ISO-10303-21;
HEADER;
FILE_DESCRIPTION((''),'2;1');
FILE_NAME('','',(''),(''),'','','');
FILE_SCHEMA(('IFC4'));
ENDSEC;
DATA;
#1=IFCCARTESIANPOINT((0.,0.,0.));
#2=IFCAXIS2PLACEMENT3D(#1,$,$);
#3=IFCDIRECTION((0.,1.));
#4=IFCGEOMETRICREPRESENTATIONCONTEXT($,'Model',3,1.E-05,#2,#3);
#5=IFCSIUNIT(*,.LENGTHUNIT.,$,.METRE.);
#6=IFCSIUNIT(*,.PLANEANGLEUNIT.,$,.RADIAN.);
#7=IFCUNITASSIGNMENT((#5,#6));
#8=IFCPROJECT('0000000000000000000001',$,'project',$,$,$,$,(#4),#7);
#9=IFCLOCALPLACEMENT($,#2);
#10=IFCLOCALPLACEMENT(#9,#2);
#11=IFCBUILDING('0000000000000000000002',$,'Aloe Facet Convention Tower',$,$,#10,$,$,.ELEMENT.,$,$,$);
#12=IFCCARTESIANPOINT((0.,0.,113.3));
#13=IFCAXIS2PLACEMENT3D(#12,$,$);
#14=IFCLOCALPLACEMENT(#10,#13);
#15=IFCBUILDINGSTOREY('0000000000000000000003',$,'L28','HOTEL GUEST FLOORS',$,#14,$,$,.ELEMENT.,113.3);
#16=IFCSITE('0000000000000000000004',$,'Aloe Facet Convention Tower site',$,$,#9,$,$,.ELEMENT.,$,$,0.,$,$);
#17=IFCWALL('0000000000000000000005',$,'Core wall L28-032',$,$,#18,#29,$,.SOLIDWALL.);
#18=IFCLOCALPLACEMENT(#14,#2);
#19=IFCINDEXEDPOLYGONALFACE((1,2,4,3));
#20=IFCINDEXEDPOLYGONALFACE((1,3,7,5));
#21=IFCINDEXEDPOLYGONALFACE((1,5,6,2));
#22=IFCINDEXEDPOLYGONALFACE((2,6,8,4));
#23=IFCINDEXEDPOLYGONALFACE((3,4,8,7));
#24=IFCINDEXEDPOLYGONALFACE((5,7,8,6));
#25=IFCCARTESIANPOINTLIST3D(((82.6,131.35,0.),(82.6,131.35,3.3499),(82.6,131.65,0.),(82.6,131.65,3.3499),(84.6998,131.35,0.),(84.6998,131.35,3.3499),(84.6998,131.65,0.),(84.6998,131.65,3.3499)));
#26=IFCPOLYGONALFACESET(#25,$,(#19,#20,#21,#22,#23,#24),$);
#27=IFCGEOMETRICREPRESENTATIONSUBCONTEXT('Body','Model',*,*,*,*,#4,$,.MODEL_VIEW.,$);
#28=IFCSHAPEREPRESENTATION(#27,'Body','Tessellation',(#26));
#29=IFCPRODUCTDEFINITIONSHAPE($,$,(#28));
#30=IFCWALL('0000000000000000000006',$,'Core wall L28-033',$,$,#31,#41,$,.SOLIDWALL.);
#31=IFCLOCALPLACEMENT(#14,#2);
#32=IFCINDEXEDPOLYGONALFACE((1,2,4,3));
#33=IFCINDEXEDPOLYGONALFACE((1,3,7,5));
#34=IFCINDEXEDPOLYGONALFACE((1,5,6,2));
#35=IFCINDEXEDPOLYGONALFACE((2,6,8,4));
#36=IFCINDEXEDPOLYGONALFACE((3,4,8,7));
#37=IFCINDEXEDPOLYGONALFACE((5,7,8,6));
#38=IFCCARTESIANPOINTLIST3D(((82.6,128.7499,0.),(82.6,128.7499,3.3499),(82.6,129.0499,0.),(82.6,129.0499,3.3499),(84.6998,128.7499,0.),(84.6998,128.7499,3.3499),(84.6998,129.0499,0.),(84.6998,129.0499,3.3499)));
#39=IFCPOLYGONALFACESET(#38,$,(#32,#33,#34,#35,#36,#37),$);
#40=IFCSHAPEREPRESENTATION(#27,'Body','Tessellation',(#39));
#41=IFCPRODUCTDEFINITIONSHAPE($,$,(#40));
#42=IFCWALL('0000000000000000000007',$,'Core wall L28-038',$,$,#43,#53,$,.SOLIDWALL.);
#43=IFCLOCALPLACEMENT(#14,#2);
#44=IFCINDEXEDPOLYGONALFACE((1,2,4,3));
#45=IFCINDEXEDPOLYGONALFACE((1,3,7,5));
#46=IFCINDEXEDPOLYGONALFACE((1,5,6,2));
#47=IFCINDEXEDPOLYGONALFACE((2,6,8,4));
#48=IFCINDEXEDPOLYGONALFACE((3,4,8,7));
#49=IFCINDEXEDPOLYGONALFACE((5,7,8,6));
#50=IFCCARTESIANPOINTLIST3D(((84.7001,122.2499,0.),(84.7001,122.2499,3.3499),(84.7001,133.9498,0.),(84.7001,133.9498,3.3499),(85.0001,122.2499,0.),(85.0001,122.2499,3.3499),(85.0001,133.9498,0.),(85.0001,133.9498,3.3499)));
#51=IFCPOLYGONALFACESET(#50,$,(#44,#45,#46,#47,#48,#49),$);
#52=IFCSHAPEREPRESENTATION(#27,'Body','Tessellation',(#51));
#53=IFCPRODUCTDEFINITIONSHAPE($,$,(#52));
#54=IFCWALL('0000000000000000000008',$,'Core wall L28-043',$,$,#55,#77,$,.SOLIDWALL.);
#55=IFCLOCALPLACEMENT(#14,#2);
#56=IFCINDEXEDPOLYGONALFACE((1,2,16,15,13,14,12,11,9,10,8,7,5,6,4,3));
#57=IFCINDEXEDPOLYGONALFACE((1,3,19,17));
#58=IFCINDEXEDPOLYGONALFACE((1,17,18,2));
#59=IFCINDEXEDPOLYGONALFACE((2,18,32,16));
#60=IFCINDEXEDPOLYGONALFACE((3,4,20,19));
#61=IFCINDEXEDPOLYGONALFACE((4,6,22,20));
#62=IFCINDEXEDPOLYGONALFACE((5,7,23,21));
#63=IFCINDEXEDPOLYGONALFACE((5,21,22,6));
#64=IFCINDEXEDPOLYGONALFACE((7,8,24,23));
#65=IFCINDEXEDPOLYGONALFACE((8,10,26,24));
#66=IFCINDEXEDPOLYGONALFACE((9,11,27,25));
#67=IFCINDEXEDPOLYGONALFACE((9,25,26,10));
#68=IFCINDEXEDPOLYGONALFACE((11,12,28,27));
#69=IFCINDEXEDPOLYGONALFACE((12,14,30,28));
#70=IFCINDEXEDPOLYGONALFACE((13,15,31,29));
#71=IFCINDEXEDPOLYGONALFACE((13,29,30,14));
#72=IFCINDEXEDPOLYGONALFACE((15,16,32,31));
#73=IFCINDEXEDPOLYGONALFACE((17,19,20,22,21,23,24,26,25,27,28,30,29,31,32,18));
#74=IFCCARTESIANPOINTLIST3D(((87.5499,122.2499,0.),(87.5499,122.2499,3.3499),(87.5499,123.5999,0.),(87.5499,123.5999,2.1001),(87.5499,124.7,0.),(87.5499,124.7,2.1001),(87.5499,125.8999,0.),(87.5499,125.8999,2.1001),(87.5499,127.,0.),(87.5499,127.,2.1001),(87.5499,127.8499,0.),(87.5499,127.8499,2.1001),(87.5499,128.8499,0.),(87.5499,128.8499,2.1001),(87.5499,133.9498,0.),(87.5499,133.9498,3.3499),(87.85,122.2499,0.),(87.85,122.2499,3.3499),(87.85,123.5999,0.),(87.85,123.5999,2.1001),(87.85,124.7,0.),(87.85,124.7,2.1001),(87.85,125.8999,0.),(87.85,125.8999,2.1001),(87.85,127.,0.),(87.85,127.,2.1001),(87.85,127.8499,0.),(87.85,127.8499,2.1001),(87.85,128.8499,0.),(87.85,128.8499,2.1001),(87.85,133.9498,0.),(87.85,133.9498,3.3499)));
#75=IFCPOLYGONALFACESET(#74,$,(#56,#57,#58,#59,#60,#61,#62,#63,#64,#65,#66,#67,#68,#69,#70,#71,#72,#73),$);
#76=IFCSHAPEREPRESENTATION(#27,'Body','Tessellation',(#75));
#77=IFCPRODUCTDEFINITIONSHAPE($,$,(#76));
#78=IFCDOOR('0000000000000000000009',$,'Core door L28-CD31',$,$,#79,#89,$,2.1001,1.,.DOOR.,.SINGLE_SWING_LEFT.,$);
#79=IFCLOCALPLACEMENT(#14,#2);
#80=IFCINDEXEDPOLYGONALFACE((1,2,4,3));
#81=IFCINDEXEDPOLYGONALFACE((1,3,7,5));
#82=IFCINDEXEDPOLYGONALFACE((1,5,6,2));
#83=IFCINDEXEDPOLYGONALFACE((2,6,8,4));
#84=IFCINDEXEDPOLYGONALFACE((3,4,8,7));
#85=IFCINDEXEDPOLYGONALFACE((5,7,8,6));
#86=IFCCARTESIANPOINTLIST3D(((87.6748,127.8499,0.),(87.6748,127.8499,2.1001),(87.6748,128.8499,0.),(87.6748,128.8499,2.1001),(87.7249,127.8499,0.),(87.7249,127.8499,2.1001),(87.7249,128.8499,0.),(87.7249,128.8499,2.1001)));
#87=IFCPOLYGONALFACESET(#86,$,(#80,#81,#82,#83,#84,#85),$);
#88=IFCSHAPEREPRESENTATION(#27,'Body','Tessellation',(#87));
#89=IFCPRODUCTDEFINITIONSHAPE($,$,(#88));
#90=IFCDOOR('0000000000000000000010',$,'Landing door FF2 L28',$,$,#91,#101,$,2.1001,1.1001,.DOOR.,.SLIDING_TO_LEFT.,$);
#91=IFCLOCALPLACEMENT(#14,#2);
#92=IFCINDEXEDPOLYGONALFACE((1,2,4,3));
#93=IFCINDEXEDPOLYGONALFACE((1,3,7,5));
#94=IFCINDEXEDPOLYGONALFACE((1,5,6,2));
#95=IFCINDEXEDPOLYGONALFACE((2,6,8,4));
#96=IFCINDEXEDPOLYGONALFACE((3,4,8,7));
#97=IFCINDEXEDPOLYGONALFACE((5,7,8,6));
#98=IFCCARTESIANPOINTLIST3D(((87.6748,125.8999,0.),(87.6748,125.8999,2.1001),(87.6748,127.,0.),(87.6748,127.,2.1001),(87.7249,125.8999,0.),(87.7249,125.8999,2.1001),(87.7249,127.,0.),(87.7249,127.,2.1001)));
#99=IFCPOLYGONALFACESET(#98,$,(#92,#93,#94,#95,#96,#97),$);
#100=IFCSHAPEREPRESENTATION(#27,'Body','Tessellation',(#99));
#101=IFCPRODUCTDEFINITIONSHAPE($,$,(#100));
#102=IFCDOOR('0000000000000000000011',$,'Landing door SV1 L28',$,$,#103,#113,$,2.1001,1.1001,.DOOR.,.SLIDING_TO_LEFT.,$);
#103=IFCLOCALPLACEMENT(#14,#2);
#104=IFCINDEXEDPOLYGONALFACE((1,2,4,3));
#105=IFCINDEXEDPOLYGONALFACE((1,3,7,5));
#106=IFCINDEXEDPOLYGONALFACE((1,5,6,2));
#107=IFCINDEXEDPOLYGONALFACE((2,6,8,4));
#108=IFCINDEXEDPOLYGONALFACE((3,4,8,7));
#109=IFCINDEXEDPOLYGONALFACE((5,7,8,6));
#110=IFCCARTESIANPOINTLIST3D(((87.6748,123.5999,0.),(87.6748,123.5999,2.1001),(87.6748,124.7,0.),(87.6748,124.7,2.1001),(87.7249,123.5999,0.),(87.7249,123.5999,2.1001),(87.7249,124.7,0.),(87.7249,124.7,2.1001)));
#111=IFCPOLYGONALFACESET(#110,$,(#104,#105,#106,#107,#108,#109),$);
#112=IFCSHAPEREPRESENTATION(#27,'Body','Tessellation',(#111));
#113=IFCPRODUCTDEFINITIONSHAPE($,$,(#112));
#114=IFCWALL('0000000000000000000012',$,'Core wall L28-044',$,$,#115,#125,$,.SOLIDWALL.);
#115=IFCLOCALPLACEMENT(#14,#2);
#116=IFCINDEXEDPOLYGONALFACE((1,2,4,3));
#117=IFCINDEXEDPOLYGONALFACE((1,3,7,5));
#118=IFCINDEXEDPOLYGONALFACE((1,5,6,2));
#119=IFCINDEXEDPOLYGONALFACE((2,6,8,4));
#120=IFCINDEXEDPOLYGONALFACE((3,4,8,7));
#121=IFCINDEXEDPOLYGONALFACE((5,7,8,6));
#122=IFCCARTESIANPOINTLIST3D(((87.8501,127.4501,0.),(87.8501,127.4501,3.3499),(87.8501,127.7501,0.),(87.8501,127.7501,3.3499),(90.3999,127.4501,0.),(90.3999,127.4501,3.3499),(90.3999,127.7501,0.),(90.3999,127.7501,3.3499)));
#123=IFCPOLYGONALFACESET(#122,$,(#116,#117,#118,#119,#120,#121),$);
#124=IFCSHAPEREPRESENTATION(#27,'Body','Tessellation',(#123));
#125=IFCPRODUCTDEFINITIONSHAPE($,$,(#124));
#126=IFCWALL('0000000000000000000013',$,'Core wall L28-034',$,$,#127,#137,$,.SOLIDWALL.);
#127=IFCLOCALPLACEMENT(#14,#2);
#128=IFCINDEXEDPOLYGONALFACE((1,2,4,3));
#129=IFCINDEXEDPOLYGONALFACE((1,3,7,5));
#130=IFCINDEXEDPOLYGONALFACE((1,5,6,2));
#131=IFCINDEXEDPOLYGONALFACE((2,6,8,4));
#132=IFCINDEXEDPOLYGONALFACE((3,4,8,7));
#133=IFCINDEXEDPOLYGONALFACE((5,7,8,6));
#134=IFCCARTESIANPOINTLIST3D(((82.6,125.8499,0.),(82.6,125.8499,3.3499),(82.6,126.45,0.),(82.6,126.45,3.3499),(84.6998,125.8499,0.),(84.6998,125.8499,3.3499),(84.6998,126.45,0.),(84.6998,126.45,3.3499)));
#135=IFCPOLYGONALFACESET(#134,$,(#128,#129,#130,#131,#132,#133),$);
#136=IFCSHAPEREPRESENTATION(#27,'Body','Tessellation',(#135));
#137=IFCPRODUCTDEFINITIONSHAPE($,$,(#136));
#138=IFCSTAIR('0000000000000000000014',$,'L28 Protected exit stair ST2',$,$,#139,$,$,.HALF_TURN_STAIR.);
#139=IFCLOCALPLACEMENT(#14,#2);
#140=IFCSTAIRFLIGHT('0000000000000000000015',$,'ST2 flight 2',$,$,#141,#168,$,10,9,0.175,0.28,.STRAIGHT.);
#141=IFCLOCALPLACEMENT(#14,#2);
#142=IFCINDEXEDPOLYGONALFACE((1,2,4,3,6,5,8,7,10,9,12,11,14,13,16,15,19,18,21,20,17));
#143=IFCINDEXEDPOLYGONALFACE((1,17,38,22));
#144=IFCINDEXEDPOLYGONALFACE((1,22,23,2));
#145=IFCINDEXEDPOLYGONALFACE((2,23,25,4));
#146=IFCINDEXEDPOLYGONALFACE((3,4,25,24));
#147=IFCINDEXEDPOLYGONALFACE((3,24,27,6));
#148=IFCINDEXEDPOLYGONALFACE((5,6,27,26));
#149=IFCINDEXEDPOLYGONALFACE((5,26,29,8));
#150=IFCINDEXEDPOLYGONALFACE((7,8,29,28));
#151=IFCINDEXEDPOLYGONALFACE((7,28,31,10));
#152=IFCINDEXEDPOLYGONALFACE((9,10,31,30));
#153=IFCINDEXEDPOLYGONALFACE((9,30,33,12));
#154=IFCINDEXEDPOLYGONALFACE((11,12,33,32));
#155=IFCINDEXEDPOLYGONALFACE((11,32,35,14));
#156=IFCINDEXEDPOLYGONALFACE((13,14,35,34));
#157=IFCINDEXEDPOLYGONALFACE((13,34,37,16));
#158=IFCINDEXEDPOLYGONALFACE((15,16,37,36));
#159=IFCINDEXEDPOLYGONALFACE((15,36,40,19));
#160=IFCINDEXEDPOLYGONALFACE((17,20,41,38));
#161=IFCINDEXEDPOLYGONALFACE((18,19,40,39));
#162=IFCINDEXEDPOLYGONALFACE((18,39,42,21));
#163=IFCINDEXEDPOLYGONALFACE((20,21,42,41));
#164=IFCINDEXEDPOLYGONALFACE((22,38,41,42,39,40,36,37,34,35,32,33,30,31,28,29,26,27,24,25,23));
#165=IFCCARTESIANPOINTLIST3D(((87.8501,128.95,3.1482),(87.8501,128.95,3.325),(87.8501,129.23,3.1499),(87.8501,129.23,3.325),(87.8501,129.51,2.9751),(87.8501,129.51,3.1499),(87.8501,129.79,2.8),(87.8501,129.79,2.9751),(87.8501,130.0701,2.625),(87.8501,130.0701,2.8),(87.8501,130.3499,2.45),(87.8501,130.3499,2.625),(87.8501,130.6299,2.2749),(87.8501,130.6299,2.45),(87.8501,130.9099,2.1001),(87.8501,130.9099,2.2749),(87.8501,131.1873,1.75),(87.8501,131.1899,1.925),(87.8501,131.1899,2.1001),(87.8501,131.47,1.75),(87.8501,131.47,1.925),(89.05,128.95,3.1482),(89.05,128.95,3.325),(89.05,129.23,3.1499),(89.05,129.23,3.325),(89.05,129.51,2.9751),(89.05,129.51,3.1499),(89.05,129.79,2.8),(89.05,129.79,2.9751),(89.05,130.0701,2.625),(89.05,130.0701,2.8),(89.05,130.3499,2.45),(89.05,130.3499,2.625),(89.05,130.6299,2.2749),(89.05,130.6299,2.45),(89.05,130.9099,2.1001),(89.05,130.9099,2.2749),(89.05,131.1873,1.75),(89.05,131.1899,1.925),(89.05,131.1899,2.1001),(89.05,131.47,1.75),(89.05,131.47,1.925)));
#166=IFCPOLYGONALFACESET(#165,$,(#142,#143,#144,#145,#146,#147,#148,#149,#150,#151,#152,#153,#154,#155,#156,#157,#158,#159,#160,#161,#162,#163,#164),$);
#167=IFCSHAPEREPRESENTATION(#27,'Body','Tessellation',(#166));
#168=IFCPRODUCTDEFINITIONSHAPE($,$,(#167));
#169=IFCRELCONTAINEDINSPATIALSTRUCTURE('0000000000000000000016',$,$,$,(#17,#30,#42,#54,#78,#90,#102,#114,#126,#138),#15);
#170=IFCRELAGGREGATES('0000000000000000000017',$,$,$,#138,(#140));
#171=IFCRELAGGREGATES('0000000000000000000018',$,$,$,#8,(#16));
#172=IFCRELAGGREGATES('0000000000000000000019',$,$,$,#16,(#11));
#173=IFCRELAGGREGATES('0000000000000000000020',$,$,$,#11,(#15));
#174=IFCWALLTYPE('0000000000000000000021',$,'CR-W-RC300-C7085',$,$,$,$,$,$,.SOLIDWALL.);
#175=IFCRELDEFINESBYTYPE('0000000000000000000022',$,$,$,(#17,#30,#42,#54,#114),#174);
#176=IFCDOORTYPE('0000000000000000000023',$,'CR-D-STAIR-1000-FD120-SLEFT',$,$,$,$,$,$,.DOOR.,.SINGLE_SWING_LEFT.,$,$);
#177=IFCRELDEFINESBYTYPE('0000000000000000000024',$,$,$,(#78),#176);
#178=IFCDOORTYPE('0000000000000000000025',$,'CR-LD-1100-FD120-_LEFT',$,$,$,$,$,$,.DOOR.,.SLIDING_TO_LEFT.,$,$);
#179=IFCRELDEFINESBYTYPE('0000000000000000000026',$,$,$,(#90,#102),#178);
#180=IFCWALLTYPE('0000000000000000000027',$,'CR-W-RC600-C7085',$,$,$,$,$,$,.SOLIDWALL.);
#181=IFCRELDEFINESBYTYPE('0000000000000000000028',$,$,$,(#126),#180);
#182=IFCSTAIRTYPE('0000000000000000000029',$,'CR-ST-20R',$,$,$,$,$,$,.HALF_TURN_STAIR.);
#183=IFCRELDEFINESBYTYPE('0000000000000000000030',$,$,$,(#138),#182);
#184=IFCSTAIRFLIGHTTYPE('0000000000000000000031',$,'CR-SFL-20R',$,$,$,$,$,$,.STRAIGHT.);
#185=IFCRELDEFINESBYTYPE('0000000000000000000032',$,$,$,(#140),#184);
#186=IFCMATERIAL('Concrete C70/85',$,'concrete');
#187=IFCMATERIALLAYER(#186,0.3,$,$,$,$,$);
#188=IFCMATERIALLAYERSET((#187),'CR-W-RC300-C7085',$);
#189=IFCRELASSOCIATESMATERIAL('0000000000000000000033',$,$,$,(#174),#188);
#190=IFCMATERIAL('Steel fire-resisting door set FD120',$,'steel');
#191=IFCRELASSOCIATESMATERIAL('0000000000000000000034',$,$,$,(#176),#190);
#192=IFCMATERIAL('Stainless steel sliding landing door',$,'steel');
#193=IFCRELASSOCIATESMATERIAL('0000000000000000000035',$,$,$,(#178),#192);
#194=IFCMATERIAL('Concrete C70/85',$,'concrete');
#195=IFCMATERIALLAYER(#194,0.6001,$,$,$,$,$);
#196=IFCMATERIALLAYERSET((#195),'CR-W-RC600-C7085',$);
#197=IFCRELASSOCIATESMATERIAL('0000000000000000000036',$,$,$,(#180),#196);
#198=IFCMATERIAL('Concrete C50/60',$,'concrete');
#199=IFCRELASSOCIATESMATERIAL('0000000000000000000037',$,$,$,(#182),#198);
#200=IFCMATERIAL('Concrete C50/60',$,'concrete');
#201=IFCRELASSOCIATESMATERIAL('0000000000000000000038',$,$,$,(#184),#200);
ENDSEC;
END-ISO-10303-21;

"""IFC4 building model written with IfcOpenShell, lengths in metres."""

from ifc_helpers import new_model, si_unit, direction, frame, frame_2d, origin, place, context, subcontext, project, spatial, polyline, rectangle, outline, extrude, material, layer, layer_set, type_object, element, fill, aggregate, save


model = new_model("IFC4")

# Units and contexts
model_context = context("Model", 3, precision=1e-05, world=origin(), true_north=direction((0.0, 1.0)))
body_context = subcontext(model_context, "Body", "Model", "MODEL_VIEW")
ifc_project = project(units=[si_unit("LENGTHUNIT", "METRE"), si_unit("PLANEANGLEUNIT", "RADIAN")], contexts=[model_context])

# Site, building, storey
site_placement = place(None, origin())
site = spatial("IfcSite", under=ifc_project, at=site_placement, Name="Aloe Facet Convention Tower site", CompositionType="ELEMENT", RefElevation=0.0)
building_placement = place(site_placement, origin())
building = spatial("IfcBuilding", under=site, at=building_placement, Name="Aloe Facet Convention Tower", CompositionType="ELEMENT")
storey_placement = place(building_placement, frame((0.0, 0.0, 113.3)))
storey = spatial("IfcBuildingStorey", under=building, at=storey_placement, Name="L28", Description="HOTEL GUEST FLOORS", CompositionType="ELEMENT", Elevation=113.3)

# Shared definitions
ifc_material_1 = material(Name="Concrete C70/85", Category="concrete")
ifc_layer_1 = layer(ifc_material_1, 0.3)
ifc_layer_set_1 = layer_set([ifc_layer_1], Name="CR-W-RC300-C7085")
wall_type_1 = type_object("IfcWallType", Name="CR-W-RC300-C7085", PredefinedType="SOLIDWALL", material=ifc_layer_set_1)
ifc_material_2 = material(Name="Steel fire-resisting door set FD120", Category="steel")
door_type_1 = type_object("IfcDoorType", Name="CR-D-STAIR-1000-FD120-SLEFT", OperationType="SINGLE_SWING_LEFT", PredefinedType="DOOR", material=ifc_material_2)

# Walls
for number, where, z_axis, x_axis, name in (
    (1, (82.6001, 131.5, 0.0), (0.0, 0.0, 1.0), (1.0, 0.0, 0.0), "Core wall L28-032"),
    (2, (82.6001, 128.8999, 0.0), (0.0, 0.0, 1.0), (1.0, 0.0, 0.0), "Core wall L28-033"),
):
    element("IfcWall", number, at=place(storey_placement, frame(where, z_axis=z_axis, x_axis=x_axis)), inside=storey, type_object=wall_type_1, Name=name, PredefinedType="SOLIDWALL", context=body_context, shape_type="SweptSolid", body=[
        extrude(rectangle(XDim=2.0999, YDim=0.3, at=frame_2d((1.0498, 0.0))), origin(), (0.0, 0.0, 1.0), 3.3499),
    ])
wall_1_placement = place(storey_placement, frame((84.8501, 133.95, 0.0), z_axis=(0.0, 0.0, 1.0), x_axis=(0.0, -1.0, 0.0)))
element("IfcWall", 3, at=wall_1_placement, inside=storey, type_object=wall_type_1, Name="Core wall L28-038", PredefinedType="SOLIDWALL", context=body_context, shape_type="SweptSolid", body=[
    extrude(rectangle(XDim=11.7, YDim=0.3, at=frame_2d((5.8501, 0.0))), origin(), (0.0, 0.0, 1.0), 3.3499),
])

# Wall, openings, doors
wall_2_placement = place(storey_placement, frame((87.7, 133.95, 0.0), z_axis=(0.0, 0.0, 1.0), x_axis=(0.0, -1.0, 0.0)))
wall_2 = element("IfcWall", 4, at=wall_2_placement, inside=storey, type_object=wall_type_1, Name="Core wall L28-043", PredefinedType="SOLIDWALL", context=body_context, shape_type="SweptSolid", body=[
    extrude(rectangle(XDim=11.7, YDim=0.3, at=frame_2d((5.8501, 0.0))), origin(), (0.0, 0.0, 1.0), 3.3499),
])
opening_1_placement = place(wall_2_placement, frame((6.95, 0.0, 0.0)))
opening_1 = element("IfcOpeningElement", 5, at=opening_1_placement, cuts=wall_2, PredefinedType="OPENING", context=body_context, shape_type="SweptSolid", body=[
    extrude(rectangle(XDim=1.1001, YDim=2.1001, at=frame_2d((0.55, 1.05))), frame((0.0, 0.1602, 0.0), z_axis=(0.0, -1.0, 0.0), x_axis=(1.0, 0.0, 0.0)), (0.0, 0.0, 1.0), 0.3201),
])
opening_2_placement = place(wall_2_placement, frame((5.1001, 0.0, 0.0)))
opening_2 = element("IfcOpeningElement", 6, at=opening_2_placement, cuts=wall_2, PredefinedType="OPENING", context=body_context, shape_type="SweptSolid", body=[
    extrude(rectangle(XDim=1.0, YDim=2.1001, at=frame_2d((0.5, 1.05))), frame((0.0, 0.1602, 0.0), z_axis=(0.0, -1.0, 0.0), x_axis=(1.0, 0.0, 0.0)), (0.0, 0.0, 1.0), 0.3201),
])
opening_3_placement = place(wall_2_placement, frame((9.25, 0.0, 0.0)))
opening_3 = element("IfcOpeningElement", 7, at=opening_3_placement, cuts=wall_2, PredefinedType="OPENING", context=body_context, shape_type="SweptSolid", body=[
    extrude(rectangle(XDim=1.1001, YDim=2.1001, at=frame_2d((0.55, 1.05))), frame((0.0, 0.1602, 0.0), z_axis=(0.0, -1.0, 0.0), x_axis=(1.0, 0.0, 0.0)), (0.0, 0.0, 1.0), 0.3201),
])
door_1_placement = place(opening_2_placement, origin())
door_1 = element("IfcDoor", 8, at=door_1_placement, inside=storey, type_object=door_type_1, Name="Core door L28-CD31", OperationType="SINGLE_SWING_LEFT", OverallHeight=2.1001, OverallWidth=1.0, PredefinedType="DOOR", context=body_context, shape_type="SweptSolid", body=[
    extrude(rectangle(XDim=1.0, YDim=2.1001, at=frame_2d((0.5, 1.05))), frame((0.0, 0.0249, 0.0), z_axis=(0.0, -1.0, 0.0), x_axis=(1.0, 0.0, 0.0)), (0.0, 0.0, 1.0), 0.05),
])
fill(opening_2, door_1)
ifc_material_3 = material(Name="Stainless steel sliding landing door", Category="steel")
door_type_2 = type_object("IfcDoorType", Name="CR-LD-1100-FD120-_LEFT", OperationType="SLIDING_TO_LEFT", PredefinedType="DOOR", material=ifc_material_3)
door_2_placement = place(opening_1_placement, origin())
door_2 = element("IfcDoor", 9, at=door_2_placement, inside=storey, type_object=door_type_2, Name="Landing door FF2 L28", OperationType="SLIDING_TO_LEFT", OverallHeight=2.1001, OverallWidth=1.1001, PredefinedType="DOOR", context=body_context, shape_type="SweptSolid", body=[
    extrude(rectangle(XDim=1.1001, YDim=2.1001, at=frame_2d((0.55, 1.05))), frame((0.0, 0.0249, 0.0), z_axis=(0.0, -1.0, 0.0), x_axis=(1.0, 0.0, 0.0)), (0.0, 0.0, 1.0), 0.05),
])
fill(opening_1, door_2)
door_3_placement = place(opening_3_placement, origin())
door_3 = element("IfcDoor", 10, at=door_3_placement, inside=storey, type_object=door_type_2, Name="Landing door SV1 L28", OperationType="SLIDING_TO_LEFT", OverallHeight=2.1001, OverallWidth=1.1001, PredefinedType="DOOR", context=body_context, shape_type="SweptSolid", body=[
    extrude(rectangle(XDim=1.1001, YDim=2.1001, at=frame_2d((0.55, 1.05))), frame((0.0, 0.0249, 0.0), z_axis=(0.0, -1.0, 0.0), x_axis=(1.0, 0.0, 0.0)), (0.0, 0.0, 1.0), 0.05),
])
fill(opening_3, door_3)

# Walls
wall_3_placement = place(storey_placement, frame((87.8501, 127.6001, 0.0), z_axis=(0.0, 0.0, 1.0), x_axis=(1.0, 0.0, 0.0)))
element("IfcWall", 11, at=wall_3_placement, inside=storey, type_object=wall_type_1, Name="Core wall L28-044", PredefinedType="SOLIDWALL", context=body_context, shape_type="SweptSolid", body=[
    extrude(rectangle(XDim=2.5498, YDim=0.3, at=frame_2d((1.2749, 0.0))), origin(), (0.0, 0.0, 1.0), 3.3499),
])
ifc_material_4 = material(Name="Concrete C70/85", Category="concrete")
ifc_layer_2 = layer(ifc_material_4, 0.6001)
ifc_layer_set_2 = layer_set([ifc_layer_2], Name="CR-W-RC600-C7085")
wall_type_2 = type_object("IfcWallType", Name="CR-W-RC600-C7085", PredefinedType="SOLIDWALL", material=ifc_layer_set_2)
wall_4_placement = place(storey_placement, frame((82.6001, 126.1499, 0.0), z_axis=(0.0, 0.0, 1.0), x_axis=(1.0, 0.0, 0.0)))
element("IfcWall", 12, at=wall_4_placement, inside=storey, type_object=wall_type_2, Name="Core wall L28-034", PredefinedType="SOLIDWALL", context=body_context, shape_type="SweptSolid", body=[
    extrude(rectangle(XDim=2.0999, YDim=0.6001, at=frame_2d((1.0498, 0.0))), origin(), (0.0, 0.0, 1.0), 3.3499),
])

# Stair, stair flight
ifc_material_5 = material(Name="Concrete C50/60", Category="concrete")
stair_type = type_object("IfcStairType", Name="CR-ST-20R", PredefinedType="HALF_TURN_STAIR", material=ifc_material_5)
stair_placement = place(storey_placement, origin())
stair = element("IfcStair", 13, at=stair_placement, inside=storey, type_object=stair_type, Name="L28 Protected exit stair ST2", PredefinedType="HALF_TURN_STAIR")
ifc_material_6 = material(Name="Concrete C50/60", Category="concrete")
stair_flight_type = type_object("IfcStairFlightType", Name="CR-SFL-20R", PredefinedType="STRAIGHT", material=ifc_material_6)
stair_flight_placement = place(storey_placement, frame((88.45, 131.47, 1.75), z_axis=(0.0, 0.0, 1.0), x_axis=(0.0, -1.0, 0.0)))
stair_flight = element("IfcStairFlight", 14, at=stair_flight_placement, type_object=stair_flight_type, Name="ST2 flight 2", NumberOfRisers=10, NumberOfTreads=9, PredefinedType="STRAIGHT", RiserHeight=0.175, TreadLength=0.28, context=body_context, shape_type="SweptSolid", body=[
    extrude(outline(polyline([(0.0, 0.0), (0.0, 0.175), (0.28, 0.175), (0.28, 0.3501), (0.5601, 0.3501), (0.5601, 0.5249), (0.8401, 0.5249), (0.8401, 0.7), (1.1201, 0.7), (1.1201, 0.875), (1.3999, 0.875), (1.3999, 1.05), (1.6799, 1.05), (1.6799, 1.2251), (1.96, 1.2251), (1.96, 1.3999), (2.24, 1.3999), (2.24, 1.575), (2.52, 1.575), (2.52, 1.75), (2.52, 1.3982), (0.2827, 0.0), (0.0, 0.0)])), frame((0.0, 0.6001, 0.0), z_axis=(0.0, -1.0, 0.0), x_axis=(1.0, 0.0, 0.0)), (0.0, 0.0, 1.0), 1.2),
])
aggregate(stair, [stair_flight])

save(model, "model.ifc")
